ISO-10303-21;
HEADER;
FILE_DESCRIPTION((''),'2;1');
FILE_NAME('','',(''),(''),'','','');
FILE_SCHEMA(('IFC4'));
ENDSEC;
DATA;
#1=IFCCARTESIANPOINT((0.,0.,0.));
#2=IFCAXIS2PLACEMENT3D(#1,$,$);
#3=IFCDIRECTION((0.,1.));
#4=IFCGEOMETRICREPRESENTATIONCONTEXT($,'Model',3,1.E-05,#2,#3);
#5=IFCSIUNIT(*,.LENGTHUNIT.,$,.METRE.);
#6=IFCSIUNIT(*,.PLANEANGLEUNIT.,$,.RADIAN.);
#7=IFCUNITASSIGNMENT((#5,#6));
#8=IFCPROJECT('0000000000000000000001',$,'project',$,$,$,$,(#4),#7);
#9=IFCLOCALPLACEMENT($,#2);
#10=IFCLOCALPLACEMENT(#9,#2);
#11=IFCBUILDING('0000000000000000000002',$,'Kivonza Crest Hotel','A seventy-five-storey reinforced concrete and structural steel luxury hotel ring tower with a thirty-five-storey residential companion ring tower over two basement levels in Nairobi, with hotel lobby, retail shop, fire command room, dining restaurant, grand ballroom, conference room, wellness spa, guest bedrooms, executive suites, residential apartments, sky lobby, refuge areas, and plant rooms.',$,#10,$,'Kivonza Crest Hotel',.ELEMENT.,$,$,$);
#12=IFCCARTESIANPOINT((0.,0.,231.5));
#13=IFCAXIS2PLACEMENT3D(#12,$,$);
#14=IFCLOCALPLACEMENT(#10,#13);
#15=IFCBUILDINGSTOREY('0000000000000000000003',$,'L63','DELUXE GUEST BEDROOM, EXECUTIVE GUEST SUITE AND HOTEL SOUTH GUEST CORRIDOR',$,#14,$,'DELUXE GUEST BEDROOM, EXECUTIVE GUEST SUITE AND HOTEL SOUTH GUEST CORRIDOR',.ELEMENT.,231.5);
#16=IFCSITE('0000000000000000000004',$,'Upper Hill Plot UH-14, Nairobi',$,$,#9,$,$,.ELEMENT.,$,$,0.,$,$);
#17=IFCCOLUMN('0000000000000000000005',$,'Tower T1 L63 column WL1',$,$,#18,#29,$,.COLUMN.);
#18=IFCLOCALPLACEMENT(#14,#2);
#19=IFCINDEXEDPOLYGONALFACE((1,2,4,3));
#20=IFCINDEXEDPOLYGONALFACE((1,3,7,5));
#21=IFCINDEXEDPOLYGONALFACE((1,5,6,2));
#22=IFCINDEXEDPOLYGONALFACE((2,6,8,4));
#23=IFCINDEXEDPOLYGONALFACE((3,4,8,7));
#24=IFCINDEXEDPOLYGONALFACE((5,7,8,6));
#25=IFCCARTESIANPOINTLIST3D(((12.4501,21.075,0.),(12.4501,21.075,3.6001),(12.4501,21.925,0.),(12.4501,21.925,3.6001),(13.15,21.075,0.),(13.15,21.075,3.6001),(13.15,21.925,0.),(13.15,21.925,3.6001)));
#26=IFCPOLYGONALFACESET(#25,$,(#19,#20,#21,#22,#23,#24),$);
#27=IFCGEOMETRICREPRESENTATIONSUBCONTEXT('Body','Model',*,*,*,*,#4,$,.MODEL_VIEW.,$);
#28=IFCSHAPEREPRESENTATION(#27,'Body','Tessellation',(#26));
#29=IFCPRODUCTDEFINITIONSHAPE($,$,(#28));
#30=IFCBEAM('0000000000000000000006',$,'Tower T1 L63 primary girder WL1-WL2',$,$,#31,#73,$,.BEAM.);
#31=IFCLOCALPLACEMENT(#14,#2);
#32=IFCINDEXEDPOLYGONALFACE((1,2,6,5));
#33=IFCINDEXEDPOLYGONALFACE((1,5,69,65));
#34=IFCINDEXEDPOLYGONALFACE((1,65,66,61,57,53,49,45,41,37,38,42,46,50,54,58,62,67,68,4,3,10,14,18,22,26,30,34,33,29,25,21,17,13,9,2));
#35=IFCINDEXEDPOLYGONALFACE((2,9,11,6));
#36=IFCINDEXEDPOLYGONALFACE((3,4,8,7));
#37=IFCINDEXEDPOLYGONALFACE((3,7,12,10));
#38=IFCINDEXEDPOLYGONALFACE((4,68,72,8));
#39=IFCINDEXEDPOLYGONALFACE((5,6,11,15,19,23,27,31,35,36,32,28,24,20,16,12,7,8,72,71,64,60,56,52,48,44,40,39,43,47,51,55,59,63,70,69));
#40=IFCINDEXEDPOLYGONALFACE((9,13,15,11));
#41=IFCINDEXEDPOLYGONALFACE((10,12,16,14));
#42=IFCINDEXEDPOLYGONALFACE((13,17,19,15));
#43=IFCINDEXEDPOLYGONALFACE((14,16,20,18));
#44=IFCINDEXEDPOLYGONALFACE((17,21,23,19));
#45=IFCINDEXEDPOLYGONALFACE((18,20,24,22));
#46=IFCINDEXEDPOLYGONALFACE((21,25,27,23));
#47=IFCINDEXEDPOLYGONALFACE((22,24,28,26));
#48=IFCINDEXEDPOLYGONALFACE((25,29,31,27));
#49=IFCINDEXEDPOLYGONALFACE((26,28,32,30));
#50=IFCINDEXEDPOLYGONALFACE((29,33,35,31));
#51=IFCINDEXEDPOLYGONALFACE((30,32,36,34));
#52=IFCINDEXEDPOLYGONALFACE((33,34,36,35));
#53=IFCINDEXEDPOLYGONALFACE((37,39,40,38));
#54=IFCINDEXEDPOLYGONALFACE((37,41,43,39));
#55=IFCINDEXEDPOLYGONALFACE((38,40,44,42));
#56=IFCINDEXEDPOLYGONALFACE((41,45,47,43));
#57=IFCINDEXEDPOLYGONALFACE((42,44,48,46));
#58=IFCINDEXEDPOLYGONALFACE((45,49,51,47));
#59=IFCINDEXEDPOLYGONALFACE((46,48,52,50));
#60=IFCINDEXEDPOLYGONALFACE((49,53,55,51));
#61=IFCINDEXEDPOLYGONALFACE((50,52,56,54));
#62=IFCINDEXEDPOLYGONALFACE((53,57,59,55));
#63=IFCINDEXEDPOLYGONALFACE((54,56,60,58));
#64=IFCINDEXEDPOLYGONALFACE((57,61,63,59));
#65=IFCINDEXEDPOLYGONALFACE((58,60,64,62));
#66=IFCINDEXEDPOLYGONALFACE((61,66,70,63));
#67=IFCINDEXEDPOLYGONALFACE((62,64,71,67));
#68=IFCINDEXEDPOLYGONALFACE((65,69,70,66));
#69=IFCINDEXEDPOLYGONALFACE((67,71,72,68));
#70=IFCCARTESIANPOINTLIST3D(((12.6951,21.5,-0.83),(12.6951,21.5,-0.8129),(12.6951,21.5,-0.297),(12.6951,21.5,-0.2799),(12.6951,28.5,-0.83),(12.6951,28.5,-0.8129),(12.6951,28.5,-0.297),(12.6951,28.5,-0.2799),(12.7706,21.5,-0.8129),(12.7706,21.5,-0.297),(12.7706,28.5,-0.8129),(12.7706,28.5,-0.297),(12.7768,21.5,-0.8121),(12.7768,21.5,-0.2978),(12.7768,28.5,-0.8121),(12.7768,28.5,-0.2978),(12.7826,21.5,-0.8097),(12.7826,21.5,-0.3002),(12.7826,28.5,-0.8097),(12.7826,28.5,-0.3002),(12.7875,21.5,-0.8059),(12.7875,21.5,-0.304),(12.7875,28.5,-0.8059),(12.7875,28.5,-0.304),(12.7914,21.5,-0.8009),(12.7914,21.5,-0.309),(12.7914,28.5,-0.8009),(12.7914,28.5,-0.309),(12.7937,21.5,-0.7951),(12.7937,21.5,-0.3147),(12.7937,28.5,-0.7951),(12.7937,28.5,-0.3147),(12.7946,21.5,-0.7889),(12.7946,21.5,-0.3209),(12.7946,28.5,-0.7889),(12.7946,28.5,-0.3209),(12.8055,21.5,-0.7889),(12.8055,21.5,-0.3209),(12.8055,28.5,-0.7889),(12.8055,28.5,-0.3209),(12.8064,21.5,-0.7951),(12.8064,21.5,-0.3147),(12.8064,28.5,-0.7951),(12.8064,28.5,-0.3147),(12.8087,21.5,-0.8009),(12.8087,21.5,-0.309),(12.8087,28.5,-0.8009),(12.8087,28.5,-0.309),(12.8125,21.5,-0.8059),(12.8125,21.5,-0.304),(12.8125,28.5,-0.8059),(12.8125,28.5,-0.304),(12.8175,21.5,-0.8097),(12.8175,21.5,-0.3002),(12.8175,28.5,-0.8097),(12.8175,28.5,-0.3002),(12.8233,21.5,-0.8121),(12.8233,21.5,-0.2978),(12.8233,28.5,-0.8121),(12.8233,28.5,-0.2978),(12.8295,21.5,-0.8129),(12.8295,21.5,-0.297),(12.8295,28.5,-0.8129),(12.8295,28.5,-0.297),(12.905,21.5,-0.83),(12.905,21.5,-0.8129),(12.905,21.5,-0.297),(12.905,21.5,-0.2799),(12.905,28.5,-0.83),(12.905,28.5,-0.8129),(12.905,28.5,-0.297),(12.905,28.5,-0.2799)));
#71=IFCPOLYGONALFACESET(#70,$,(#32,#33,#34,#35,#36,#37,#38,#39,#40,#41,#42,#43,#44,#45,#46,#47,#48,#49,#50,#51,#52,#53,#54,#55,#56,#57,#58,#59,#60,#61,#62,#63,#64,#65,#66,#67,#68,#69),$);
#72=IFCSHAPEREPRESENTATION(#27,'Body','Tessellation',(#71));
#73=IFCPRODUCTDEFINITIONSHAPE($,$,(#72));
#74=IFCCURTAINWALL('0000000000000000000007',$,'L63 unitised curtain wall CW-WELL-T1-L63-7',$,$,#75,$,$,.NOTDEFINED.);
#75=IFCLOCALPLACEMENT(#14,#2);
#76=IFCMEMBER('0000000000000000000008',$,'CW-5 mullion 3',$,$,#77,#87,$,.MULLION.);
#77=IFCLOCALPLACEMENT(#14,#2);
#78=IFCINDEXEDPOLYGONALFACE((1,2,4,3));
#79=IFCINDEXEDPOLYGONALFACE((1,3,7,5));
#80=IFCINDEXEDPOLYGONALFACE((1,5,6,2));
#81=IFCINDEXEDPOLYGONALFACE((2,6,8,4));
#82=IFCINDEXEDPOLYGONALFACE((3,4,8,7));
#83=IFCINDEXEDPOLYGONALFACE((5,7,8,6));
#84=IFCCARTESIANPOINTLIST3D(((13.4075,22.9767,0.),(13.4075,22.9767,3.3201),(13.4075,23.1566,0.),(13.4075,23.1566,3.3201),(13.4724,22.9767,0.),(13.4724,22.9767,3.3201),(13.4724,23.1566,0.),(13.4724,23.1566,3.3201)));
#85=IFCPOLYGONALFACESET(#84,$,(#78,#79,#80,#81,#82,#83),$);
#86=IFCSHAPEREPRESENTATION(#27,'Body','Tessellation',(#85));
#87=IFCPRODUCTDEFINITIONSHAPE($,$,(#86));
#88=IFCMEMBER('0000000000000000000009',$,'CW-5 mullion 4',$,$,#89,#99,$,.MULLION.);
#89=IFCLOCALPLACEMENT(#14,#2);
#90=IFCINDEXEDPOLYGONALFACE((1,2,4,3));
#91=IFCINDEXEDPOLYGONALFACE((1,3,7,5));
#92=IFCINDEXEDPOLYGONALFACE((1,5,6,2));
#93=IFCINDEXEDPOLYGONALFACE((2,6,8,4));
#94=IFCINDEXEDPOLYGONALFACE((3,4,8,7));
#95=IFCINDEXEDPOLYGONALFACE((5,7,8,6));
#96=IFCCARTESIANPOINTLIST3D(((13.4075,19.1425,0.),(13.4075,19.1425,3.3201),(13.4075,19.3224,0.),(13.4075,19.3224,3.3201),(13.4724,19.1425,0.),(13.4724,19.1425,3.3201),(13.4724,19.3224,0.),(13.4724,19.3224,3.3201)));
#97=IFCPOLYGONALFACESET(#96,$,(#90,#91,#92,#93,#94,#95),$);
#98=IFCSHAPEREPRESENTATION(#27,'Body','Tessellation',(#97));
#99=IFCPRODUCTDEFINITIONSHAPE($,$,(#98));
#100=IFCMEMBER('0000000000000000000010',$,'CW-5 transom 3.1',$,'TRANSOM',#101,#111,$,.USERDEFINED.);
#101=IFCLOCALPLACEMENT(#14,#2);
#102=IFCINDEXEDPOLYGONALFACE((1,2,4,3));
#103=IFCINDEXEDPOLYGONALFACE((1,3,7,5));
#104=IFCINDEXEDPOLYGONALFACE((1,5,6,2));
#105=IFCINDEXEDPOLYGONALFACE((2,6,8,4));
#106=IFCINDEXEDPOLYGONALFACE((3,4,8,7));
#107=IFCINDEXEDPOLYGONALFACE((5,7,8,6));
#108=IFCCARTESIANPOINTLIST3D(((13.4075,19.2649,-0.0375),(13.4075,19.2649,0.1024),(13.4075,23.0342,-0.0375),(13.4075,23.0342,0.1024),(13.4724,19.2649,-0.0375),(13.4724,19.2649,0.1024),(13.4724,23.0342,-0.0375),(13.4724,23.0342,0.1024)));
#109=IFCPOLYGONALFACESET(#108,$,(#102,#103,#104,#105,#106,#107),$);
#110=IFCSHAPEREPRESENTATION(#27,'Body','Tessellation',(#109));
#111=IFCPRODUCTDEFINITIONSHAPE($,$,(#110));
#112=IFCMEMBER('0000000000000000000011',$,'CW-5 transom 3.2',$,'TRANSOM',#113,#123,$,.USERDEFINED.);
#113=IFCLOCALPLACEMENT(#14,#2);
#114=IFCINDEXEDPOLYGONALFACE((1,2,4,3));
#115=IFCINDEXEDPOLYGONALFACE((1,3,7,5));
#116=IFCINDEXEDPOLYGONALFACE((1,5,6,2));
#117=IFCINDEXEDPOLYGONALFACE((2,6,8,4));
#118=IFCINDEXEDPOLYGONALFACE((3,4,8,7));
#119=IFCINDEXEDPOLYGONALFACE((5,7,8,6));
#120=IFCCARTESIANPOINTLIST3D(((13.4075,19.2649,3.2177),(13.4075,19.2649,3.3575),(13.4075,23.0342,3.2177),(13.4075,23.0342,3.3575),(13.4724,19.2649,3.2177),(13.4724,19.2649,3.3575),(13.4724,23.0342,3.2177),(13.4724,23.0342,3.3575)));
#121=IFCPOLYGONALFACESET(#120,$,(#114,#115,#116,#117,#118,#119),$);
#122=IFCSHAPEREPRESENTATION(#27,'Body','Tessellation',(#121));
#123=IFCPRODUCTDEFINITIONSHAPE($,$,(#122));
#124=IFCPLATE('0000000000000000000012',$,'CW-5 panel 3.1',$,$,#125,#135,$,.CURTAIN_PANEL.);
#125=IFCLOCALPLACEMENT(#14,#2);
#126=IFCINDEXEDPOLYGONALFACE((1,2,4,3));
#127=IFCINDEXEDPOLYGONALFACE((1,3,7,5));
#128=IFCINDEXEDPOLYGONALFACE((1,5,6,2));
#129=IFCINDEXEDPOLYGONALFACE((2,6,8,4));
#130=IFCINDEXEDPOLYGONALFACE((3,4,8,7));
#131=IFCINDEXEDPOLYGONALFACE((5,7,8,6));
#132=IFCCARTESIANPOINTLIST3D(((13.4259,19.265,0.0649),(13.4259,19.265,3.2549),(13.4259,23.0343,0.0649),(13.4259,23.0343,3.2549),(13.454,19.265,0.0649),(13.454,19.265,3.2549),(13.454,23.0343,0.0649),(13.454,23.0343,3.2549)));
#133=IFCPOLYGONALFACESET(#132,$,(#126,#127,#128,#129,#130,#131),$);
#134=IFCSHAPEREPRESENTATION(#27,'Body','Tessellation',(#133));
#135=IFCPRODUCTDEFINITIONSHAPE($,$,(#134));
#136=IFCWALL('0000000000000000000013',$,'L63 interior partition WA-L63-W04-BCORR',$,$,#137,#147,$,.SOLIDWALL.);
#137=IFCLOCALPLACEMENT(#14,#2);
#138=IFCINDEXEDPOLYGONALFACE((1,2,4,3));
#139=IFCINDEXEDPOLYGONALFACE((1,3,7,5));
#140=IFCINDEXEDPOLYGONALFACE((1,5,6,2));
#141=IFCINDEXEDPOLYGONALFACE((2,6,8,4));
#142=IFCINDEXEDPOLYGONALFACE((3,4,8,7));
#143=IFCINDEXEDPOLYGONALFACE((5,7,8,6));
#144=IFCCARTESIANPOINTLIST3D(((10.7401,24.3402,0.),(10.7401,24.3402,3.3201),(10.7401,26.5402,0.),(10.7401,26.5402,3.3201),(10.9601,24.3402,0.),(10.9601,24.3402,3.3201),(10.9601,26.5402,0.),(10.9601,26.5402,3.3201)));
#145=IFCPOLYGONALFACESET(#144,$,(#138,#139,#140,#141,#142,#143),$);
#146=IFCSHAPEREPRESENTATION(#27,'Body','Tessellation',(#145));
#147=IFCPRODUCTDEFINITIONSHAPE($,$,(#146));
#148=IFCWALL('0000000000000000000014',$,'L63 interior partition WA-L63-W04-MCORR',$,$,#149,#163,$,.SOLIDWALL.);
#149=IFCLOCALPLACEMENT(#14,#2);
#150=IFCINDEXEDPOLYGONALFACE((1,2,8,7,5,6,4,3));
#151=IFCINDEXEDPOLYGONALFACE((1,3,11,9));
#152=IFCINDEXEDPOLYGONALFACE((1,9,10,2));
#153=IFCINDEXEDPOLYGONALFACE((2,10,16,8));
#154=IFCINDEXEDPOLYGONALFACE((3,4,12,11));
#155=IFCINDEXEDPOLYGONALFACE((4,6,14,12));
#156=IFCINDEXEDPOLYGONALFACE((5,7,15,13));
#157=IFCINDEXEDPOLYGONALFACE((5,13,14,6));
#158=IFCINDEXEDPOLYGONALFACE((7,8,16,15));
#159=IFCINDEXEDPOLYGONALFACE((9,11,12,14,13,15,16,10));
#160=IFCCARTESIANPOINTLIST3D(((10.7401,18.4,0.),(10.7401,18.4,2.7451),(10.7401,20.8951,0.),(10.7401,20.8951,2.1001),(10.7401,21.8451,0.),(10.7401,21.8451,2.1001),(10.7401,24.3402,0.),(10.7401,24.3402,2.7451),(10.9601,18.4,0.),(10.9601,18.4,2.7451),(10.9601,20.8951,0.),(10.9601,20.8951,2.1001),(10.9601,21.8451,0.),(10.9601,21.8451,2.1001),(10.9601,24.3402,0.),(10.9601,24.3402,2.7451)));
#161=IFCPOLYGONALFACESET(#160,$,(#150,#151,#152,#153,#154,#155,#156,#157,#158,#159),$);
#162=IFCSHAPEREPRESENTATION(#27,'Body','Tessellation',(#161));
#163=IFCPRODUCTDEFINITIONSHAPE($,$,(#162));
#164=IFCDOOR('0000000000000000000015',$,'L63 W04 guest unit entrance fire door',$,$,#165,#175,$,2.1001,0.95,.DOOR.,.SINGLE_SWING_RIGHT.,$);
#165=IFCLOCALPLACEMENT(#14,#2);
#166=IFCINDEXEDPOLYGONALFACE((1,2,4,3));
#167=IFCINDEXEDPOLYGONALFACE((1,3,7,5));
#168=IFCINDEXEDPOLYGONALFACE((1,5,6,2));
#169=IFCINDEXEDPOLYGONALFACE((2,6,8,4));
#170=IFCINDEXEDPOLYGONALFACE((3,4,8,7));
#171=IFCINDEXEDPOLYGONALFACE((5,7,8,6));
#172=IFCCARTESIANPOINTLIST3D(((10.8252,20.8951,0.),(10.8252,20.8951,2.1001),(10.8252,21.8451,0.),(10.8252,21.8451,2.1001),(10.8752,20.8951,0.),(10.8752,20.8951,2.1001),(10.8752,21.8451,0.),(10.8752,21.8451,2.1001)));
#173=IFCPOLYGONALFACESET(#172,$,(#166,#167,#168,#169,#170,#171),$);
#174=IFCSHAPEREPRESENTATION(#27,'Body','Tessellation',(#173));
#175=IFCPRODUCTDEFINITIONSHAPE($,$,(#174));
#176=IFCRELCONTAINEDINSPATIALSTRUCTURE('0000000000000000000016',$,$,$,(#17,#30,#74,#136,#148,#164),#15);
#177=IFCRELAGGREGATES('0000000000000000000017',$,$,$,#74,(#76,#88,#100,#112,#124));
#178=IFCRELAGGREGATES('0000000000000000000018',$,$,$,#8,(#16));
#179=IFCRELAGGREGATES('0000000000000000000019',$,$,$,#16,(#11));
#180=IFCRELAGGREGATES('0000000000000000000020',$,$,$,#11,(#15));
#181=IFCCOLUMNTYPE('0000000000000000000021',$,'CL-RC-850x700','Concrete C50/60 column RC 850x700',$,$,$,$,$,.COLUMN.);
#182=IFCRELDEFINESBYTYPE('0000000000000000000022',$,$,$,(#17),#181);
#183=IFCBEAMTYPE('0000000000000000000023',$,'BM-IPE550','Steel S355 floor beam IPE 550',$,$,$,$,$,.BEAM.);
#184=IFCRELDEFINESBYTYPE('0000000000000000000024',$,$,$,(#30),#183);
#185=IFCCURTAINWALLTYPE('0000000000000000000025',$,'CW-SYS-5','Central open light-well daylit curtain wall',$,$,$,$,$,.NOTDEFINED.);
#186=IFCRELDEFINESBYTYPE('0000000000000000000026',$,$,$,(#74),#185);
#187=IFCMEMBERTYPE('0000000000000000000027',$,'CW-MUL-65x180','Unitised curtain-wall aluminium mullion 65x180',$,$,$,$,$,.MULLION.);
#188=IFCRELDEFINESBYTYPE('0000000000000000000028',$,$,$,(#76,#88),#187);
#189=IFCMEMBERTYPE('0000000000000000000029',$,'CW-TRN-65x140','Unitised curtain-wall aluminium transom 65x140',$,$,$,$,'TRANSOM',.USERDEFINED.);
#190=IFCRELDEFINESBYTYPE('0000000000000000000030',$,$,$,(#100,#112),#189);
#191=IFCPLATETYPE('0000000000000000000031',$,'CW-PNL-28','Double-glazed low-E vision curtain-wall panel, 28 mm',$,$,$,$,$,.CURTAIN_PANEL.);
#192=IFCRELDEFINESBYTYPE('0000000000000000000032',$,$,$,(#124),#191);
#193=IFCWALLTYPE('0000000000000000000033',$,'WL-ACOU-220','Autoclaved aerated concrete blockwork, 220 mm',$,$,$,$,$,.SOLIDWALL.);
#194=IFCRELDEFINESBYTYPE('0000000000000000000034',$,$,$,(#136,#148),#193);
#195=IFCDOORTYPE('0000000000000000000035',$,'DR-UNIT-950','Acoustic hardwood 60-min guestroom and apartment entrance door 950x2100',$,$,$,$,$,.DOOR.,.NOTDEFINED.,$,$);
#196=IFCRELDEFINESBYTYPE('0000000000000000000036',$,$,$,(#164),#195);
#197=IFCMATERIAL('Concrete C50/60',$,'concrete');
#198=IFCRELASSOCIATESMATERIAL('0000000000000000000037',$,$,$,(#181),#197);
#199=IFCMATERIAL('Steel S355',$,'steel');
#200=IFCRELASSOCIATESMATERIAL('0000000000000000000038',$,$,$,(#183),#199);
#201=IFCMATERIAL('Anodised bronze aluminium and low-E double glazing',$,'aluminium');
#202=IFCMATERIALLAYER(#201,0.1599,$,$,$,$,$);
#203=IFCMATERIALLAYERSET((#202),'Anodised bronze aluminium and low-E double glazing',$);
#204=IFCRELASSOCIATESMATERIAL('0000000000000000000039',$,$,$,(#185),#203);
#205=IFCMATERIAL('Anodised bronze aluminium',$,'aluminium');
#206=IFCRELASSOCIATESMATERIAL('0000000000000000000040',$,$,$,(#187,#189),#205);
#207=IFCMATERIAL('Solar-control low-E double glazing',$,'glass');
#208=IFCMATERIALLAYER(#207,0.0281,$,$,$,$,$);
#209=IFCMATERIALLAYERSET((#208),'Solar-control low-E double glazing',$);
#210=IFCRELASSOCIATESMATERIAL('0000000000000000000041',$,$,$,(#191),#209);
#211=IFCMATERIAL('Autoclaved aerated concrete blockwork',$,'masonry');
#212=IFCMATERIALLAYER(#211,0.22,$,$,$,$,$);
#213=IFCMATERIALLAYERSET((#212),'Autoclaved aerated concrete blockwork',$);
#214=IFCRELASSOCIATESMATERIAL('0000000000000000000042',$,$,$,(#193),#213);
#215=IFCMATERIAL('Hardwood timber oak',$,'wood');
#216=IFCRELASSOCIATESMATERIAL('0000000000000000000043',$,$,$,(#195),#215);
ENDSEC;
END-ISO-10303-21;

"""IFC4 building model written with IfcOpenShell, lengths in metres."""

from ifc_helpers import new_model, si_unit, direction, frame, frame_2d, origin, origin_2d, place, context, subcontext, project, spatial, rectangle, i_section, extrude, material, layer, layer_set, material_profile, profile_set, type_object, element, fill, aggregate, save


model = new_model("IFC4")

# Units and contexts
model_context = context("Model", 3, precision=1e-05, world=origin(), true_north=direction((0.0, 1.0)))
body_context = subcontext(model_context, "Body", "Model", "MODEL_VIEW")
ifc_project = project(units=[si_unit("LENGTHUNIT", "METRE"), si_unit("PLANEANGLEUNIT", "RADIAN")], contexts=[model_context])

# Site, building, storey
site_placement = place(None, origin())
site = spatial("IfcSite", under=ifc_project, at=site_placement, Name="Upper Hill Plot UH-14, Nairobi", CompositionType="ELEMENT", RefElevation=0.0)
building_placement = place(site_placement, origin())
building = spatial("IfcBuilding", under=site, at=building_placement, Name="Kivonza Crest Hotel", Description="A seventy-five-storey reinforced concrete and structural steel luxury hotel ring tower with a thirty-five-storey residential companion ring tower over two basement levels in Nairobi, with hotel lobby, retail shop, fire command room, dining restaurant, grand ballroom, conference room, wellness spa, guest bedrooms, executive suites, residential apartments, sky lobby, refuge areas, and plant rooms.", LongName="Kivonza Crest Hotel", CompositionType="ELEMENT")
storey_placement = place(building_placement, frame((0.0, 0.0, 231.5)))
storey = spatial("IfcBuildingStorey", under=building, at=storey_placement, Name="L63", Description="DELUXE GUEST BEDROOM, EXECUTIVE GUEST SUITE AND HOTEL SOUTH GUEST CORRIDOR", LongName="DELUXE GUEST BEDROOM, EXECUTIVE GUEST SUITE AND HOTEL SOUTH GUEST CORRIDOR", CompositionType="ELEMENT", Elevation=231.5)

# Column
ifc_material_1 = material(Name="Concrete C50/60", Category="concrete")
ifc_material_profile_1 = material_profile(ifc_material_1, rectangle(XDim=0.7, YDim=0.8501, at=origin_2d()), Name="RC 850x700")
ifc_profile_set_1 = profile_set([ifc_material_profile_1], Name="Concrete C50/60")
column_type = type_object("IfcColumnType", Name="CL-RC-850x700", Description="Concrete C50/60 column RC 850x700", PredefinedType="COLUMN", material=ifc_profile_set_1)
column_placement = place(storey_placement, frame((12.8, 21.5, 0.0), z_axis=(0.0, 0.0, 1.0), x_axis=(1.0, 0.0, 0.0)))
element("IfcColumn", 1, at=column_placement, inside=storey, type_object=column_type, Name="Tower T1 L63 column WL1", PredefinedType="COLUMN", context=body_context, shape_type="SweptSolid", body=[
    extrude(rectangle(XDim=0.7, YDim=0.8501, at=origin_2d()), origin(), (0.0, 0.0, 1.0), 3.6001),
])

# Beam
ifc_material_2 = material(Name="Steel S355", Category="steel")
ifc_material_profile_2 = material_profile(ifc_material_2, i_section(OverallWidth=0.21, OverallDepth=0.55, WebThickness=0.011, FlangeThickness=0.0171, FilletRadius=0.0239, at=origin_2d()), Name="IPE 550")
ifc_profile_set_2 = profile_set([ifc_material_profile_2], Name="Steel S355")
beam_type = type_object("IfcBeamType", Name="BM-IPE550", Description="Steel S355 floor beam IPE 550", PredefinedType="BEAM", material=ifc_profile_set_2)
beam_placement = place(storey_placement, frame((12.8, 21.5, -0.5549), z_axis=(0.0, 1.0, 0.0), x_axis=(-1.0, 0.0, 0.0)))
element("IfcBeam", 2, at=beam_placement, inside=storey, type_object=beam_type, Name="Tower T1 L63 primary girder WL1-WL2", PredefinedType="BEAM", context=body_context, shape_type="SweptSolid", body=[
    extrude(i_section(OverallWidth=0.21, OverallDepth=0.55, WebThickness=0.011, FlangeThickness=0.0171, FilletRadius=0.0239, at=origin_2d()), origin(), (0.0, 0.0, 1.0), 7.0),
])

# Curtain wall, members, plate
ifc_material_3 = material(Name="Anodised bronze aluminium and low-E double glazing", Category="aluminium")
ifc_layer_1 = layer(ifc_material_3, 0.1599)
ifc_layer_set_1 = layer_set([ifc_layer_1], Name="Anodised bronze aluminium and low-E double glazing")
curtain_wall_type = type_object("IfcCurtainWallType", Name="CW-SYS-5", Description="Central open light-well daylit curtain wall", PredefinedType="NOTDEFINED", material=ifc_layer_set_1)
curtain_wall_placement = place(storey_placement, origin())
curtain_wall = element("IfcCurtainWall", 3, at=curtain_wall_placement, inside=storey, type_object=curtain_wall_type, Name="L63 unitised curtain wall CW-WELL-T1-L63-7", PredefinedType="NOTDEFINED")
ifc_material_4 = material(Name="Anodised bronze aluminium", Category="aluminium")
ifc_material_profile_3 = material_profile(ifc_material_4, rectangle(XDim=0.0649, YDim=0.1799, at=origin_2d()), Name="CW-M 65x180")
ifc_profile_set_3 = profile_set([ifc_material_profile_3], Name="Anodised bronze aluminium")
member_type_1 = type_object("IfcMemberType", Name="CW-MUL-65x180", Description="Unitised curtain-wall aluminium mullion 65x180", PredefinedType="MULLION", material=ifc_profile_set_3)
member_1_placement = place(storey_placement, frame((13.4399, 23.0667, 0.0), z_axis=(0.0, 0.0, 1.0), x_axis=(1.0, 0.0, 0.0)))
member_1 = element("IfcMember", 4, at=member_1_placement, type_object=member_type_1, Name="CW-5 mullion 3", PredefinedType="MULLION", context=body_context, shape_type="SweptSolid", body=[
    extrude(rectangle(XDim=0.0649, YDim=0.1799, at=origin_2d()), origin(), (0.0, 0.0, 1.0), 3.3201),
])
member_2_placement = place(storey_placement, frame((13.4399, 19.2324, 0.0), z_axis=(0.0, 0.0, 1.0), x_axis=(1.0, 0.0, 0.0)))
member_2 = element("IfcMember", 5, at=member_2_placement, type_object=member_type_1, Name="CW-5 mullion 4", PredefinedType="MULLION", context=body_context, shape_type="SweptSolid", body=[
    extrude(rectangle(XDim=0.0649, YDim=0.1799, at=origin_2d()), origin(), (0.0, 0.0, 1.0), 3.3201),
])
ifc_material_profile_4 = material_profile(ifc_material_4, rectangle(XDim=0.0649, YDim=0.1399, at=origin_2d()), Name="CW-T 65x140")
ifc_profile_set_4 = profile_set([ifc_material_profile_4], Name="Anodised bronze aluminium")
member_type_2 = type_object("IfcMemberType", Name="CW-TRN-65x140", Description="Unitised curtain-wall aluminium transom 65x140", ElementType="TRANSOM", PredefinedType="USERDEFINED", material=ifc_profile_set_4)
member_3_placement = place(storey_placement, frame((13.4399, 23.0342, 0.0325), z_axis=(0.0, -1.0, 0.0), x_axis=(1.0, 0.0, 0.0)))
member_3 = element("IfcMember", 6, at=member_3_placement, type_object=member_type_2, Name="CW-5 transom 3.1", ObjectType="TRANSOM", PredefinedType="USERDEFINED", context=body_context, shape_type="SweptSolid", body=[
    extrude(rectangle(XDim=0.0649, YDim=0.1399, at=origin_2d()), origin(), (0.0, 0.0, 1.0), 3.7693),
])
member_4_placement = place(storey_placement, frame((13.4399, 23.0342, 3.2876), z_axis=(0.0, -1.0, 0.0), x_axis=(1.0, 0.0, 0.0)))
member_4 = element("IfcMember", 7, at=member_4_placement, type_object=member_type_2, Name="CW-5 transom 3.2", ObjectType="TRANSOM", PredefinedType="USERDEFINED", context=body_context, shape_type="SweptSolid", body=[
    extrude(rectangle(XDim=0.0649, YDim=0.1399, at=origin_2d()), origin(), (0.0, 0.0, 1.0), 3.7693),
])
ifc_material_5 = material(Name="Solar-control low-E double glazing", Category="glass")
ifc_layer_2 = layer(ifc_material_5, 0.0281)
ifc_layer_set_2 = layer_set([ifc_layer_2], Name="Solar-control low-E double glazing")
plate_type = type_object("IfcPlateType", Name="CW-PNL-28", Description="Double-glazed low-E vision curtain-wall panel, 28 mm", PredefinedType="CURTAIN_PANEL", material=ifc_layer_set_2)
plate_placement = place(storey_placement, frame((13.4399, 21.1497, 0.0649), z_axis=(0.0, 0.0, 1.0), x_axis=(0.0, -1.0, 0.0)))
plate = element("IfcPlate", 8, at=plate_placement, type_object=plate_type, Name="CW-5 panel 3.1", PredefinedType="CURTAIN_PANEL", context=body_context, shape_type="SweptSolid", body=[
    extrude(rectangle(XDim=3.7693, YDim=0.0281, at=origin_2d()), origin(), (0.0, 0.0, 1.0), 3.1899),
])
aggregate(curtain_wall, [member_1, member_2, member_3, member_4, plate])

# Wall
ifc_material_6 = material(Name="Autoclaved aerated concrete blockwork", Category="masonry")
ifc_layer_3 = layer(ifc_material_6, 0.22)
ifc_layer_set_3 = layer_set([ifc_layer_3], Name="Autoclaved aerated concrete blockwork")
wall_type_1 = type_object("IfcWallType", Name="WL-ACOU-220", Description="Autoclaved aerated concrete blockwork, 220 mm", PredefinedType="SOLIDWALL", material=ifc_layer_set_3)
wall_1_placement = place(storey_placement, frame((10.8501, 24.3401, 0.0), z_axis=(0.0, 0.0, 1.0), x_axis=(0.0, 1.0, 0.0)))
element("IfcWall", 9, at=wall_1_placement, inside=storey, type_object=wall_type_1, Name="L63 interior partition WA-L63-W04-BCORR", PredefinedType="SOLIDWALL", context=body_context, shape_type="SweptSolid", body=[
    extrude(rectangle(XDim=2.2, YDim=0.22, at=frame_2d((1.1001, 0.0))), origin(), (0.0, 0.0, 1.0), 3.3201),
])

# Wall, opening, door
wall_2_placement = place(storey_placement, frame((10.8501, 18.3999, 0.0), z_axis=(0.0, 0.0, 1.0), x_axis=(0.0, 1.0, 0.0)))
wall_2 = element("IfcWall", 10, at=wall_2_placement, inside=storey, type_object=wall_type_1, Name="L63 interior partition WA-L63-W04-MCORR", PredefinedType="SOLIDWALL", context=body_context, shape_type="SweptSolid", body=[
    extrude(rectangle(XDim=5.9402, YDim=0.22, at=frame_2d((2.9702, 0.0))), origin(), (0.0, 0.0, 1.0), 2.7451),
])
opening_1_placement = place(wall_2_placement, frame((2.4951, 0.0, 0.0)))
opening_1 = element("IfcOpeningElement", 11, at=opening_1_placement, cuts=wall_2, PredefinedType="OPENING", context=body_context, shape_type="SweptSolid", body=[
    extrude(rectangle(XDim=0.95, YDim=2.1001, at=frame_2d((0.4751, 1.05))), frame((0.0, 0.1201, 0.0), z_axis=(0.0, -1.0, 0.0), x_axis=(1.0, 0.0, 0.0)), (0.0, 0.0, 1.0), 0.24),
])
ifc_material_7 = material(Name="Hardwood timber oak", Category="wood")
door_type_1 = type_object("IfcDoorType", Name="DR-UNIT-950", Description="Acoustic hardwood 60-min guestroom and apartment entrance door 950x2100", OperationType="NOTDEFINED", PredefinedType="DOOR", material=ifc_material_7)
door_1_placement = place(opening_1_placement, origin())
door_1 = element("IfcDoor", 12, at=door_1_placement, inside=storey, type_object=door_type_1, Name="L63 W04 guest unit entrance fire door", OperationType="SINGLE_SWING_RIGHT", OverallHeight=2.1001, OverallWidth=0.95, PredefinedType="DOOR", context=body_context, shape_type="SweptSolid", body=[
    extrude(rectangle(XDim=0.95, YDim=2.1001, at=frame_2d((0.4751, 1.05))), frame((0.0, 0.0249, 0.0), z_axis=(0.0, -1.0, 0.0), x_axis=(1.0, 0.0, 0.0)), (0.0, 0.0, 1.0), 0.05),
])
fill(opening_1, door_1)

save(model, "model.ifc")
